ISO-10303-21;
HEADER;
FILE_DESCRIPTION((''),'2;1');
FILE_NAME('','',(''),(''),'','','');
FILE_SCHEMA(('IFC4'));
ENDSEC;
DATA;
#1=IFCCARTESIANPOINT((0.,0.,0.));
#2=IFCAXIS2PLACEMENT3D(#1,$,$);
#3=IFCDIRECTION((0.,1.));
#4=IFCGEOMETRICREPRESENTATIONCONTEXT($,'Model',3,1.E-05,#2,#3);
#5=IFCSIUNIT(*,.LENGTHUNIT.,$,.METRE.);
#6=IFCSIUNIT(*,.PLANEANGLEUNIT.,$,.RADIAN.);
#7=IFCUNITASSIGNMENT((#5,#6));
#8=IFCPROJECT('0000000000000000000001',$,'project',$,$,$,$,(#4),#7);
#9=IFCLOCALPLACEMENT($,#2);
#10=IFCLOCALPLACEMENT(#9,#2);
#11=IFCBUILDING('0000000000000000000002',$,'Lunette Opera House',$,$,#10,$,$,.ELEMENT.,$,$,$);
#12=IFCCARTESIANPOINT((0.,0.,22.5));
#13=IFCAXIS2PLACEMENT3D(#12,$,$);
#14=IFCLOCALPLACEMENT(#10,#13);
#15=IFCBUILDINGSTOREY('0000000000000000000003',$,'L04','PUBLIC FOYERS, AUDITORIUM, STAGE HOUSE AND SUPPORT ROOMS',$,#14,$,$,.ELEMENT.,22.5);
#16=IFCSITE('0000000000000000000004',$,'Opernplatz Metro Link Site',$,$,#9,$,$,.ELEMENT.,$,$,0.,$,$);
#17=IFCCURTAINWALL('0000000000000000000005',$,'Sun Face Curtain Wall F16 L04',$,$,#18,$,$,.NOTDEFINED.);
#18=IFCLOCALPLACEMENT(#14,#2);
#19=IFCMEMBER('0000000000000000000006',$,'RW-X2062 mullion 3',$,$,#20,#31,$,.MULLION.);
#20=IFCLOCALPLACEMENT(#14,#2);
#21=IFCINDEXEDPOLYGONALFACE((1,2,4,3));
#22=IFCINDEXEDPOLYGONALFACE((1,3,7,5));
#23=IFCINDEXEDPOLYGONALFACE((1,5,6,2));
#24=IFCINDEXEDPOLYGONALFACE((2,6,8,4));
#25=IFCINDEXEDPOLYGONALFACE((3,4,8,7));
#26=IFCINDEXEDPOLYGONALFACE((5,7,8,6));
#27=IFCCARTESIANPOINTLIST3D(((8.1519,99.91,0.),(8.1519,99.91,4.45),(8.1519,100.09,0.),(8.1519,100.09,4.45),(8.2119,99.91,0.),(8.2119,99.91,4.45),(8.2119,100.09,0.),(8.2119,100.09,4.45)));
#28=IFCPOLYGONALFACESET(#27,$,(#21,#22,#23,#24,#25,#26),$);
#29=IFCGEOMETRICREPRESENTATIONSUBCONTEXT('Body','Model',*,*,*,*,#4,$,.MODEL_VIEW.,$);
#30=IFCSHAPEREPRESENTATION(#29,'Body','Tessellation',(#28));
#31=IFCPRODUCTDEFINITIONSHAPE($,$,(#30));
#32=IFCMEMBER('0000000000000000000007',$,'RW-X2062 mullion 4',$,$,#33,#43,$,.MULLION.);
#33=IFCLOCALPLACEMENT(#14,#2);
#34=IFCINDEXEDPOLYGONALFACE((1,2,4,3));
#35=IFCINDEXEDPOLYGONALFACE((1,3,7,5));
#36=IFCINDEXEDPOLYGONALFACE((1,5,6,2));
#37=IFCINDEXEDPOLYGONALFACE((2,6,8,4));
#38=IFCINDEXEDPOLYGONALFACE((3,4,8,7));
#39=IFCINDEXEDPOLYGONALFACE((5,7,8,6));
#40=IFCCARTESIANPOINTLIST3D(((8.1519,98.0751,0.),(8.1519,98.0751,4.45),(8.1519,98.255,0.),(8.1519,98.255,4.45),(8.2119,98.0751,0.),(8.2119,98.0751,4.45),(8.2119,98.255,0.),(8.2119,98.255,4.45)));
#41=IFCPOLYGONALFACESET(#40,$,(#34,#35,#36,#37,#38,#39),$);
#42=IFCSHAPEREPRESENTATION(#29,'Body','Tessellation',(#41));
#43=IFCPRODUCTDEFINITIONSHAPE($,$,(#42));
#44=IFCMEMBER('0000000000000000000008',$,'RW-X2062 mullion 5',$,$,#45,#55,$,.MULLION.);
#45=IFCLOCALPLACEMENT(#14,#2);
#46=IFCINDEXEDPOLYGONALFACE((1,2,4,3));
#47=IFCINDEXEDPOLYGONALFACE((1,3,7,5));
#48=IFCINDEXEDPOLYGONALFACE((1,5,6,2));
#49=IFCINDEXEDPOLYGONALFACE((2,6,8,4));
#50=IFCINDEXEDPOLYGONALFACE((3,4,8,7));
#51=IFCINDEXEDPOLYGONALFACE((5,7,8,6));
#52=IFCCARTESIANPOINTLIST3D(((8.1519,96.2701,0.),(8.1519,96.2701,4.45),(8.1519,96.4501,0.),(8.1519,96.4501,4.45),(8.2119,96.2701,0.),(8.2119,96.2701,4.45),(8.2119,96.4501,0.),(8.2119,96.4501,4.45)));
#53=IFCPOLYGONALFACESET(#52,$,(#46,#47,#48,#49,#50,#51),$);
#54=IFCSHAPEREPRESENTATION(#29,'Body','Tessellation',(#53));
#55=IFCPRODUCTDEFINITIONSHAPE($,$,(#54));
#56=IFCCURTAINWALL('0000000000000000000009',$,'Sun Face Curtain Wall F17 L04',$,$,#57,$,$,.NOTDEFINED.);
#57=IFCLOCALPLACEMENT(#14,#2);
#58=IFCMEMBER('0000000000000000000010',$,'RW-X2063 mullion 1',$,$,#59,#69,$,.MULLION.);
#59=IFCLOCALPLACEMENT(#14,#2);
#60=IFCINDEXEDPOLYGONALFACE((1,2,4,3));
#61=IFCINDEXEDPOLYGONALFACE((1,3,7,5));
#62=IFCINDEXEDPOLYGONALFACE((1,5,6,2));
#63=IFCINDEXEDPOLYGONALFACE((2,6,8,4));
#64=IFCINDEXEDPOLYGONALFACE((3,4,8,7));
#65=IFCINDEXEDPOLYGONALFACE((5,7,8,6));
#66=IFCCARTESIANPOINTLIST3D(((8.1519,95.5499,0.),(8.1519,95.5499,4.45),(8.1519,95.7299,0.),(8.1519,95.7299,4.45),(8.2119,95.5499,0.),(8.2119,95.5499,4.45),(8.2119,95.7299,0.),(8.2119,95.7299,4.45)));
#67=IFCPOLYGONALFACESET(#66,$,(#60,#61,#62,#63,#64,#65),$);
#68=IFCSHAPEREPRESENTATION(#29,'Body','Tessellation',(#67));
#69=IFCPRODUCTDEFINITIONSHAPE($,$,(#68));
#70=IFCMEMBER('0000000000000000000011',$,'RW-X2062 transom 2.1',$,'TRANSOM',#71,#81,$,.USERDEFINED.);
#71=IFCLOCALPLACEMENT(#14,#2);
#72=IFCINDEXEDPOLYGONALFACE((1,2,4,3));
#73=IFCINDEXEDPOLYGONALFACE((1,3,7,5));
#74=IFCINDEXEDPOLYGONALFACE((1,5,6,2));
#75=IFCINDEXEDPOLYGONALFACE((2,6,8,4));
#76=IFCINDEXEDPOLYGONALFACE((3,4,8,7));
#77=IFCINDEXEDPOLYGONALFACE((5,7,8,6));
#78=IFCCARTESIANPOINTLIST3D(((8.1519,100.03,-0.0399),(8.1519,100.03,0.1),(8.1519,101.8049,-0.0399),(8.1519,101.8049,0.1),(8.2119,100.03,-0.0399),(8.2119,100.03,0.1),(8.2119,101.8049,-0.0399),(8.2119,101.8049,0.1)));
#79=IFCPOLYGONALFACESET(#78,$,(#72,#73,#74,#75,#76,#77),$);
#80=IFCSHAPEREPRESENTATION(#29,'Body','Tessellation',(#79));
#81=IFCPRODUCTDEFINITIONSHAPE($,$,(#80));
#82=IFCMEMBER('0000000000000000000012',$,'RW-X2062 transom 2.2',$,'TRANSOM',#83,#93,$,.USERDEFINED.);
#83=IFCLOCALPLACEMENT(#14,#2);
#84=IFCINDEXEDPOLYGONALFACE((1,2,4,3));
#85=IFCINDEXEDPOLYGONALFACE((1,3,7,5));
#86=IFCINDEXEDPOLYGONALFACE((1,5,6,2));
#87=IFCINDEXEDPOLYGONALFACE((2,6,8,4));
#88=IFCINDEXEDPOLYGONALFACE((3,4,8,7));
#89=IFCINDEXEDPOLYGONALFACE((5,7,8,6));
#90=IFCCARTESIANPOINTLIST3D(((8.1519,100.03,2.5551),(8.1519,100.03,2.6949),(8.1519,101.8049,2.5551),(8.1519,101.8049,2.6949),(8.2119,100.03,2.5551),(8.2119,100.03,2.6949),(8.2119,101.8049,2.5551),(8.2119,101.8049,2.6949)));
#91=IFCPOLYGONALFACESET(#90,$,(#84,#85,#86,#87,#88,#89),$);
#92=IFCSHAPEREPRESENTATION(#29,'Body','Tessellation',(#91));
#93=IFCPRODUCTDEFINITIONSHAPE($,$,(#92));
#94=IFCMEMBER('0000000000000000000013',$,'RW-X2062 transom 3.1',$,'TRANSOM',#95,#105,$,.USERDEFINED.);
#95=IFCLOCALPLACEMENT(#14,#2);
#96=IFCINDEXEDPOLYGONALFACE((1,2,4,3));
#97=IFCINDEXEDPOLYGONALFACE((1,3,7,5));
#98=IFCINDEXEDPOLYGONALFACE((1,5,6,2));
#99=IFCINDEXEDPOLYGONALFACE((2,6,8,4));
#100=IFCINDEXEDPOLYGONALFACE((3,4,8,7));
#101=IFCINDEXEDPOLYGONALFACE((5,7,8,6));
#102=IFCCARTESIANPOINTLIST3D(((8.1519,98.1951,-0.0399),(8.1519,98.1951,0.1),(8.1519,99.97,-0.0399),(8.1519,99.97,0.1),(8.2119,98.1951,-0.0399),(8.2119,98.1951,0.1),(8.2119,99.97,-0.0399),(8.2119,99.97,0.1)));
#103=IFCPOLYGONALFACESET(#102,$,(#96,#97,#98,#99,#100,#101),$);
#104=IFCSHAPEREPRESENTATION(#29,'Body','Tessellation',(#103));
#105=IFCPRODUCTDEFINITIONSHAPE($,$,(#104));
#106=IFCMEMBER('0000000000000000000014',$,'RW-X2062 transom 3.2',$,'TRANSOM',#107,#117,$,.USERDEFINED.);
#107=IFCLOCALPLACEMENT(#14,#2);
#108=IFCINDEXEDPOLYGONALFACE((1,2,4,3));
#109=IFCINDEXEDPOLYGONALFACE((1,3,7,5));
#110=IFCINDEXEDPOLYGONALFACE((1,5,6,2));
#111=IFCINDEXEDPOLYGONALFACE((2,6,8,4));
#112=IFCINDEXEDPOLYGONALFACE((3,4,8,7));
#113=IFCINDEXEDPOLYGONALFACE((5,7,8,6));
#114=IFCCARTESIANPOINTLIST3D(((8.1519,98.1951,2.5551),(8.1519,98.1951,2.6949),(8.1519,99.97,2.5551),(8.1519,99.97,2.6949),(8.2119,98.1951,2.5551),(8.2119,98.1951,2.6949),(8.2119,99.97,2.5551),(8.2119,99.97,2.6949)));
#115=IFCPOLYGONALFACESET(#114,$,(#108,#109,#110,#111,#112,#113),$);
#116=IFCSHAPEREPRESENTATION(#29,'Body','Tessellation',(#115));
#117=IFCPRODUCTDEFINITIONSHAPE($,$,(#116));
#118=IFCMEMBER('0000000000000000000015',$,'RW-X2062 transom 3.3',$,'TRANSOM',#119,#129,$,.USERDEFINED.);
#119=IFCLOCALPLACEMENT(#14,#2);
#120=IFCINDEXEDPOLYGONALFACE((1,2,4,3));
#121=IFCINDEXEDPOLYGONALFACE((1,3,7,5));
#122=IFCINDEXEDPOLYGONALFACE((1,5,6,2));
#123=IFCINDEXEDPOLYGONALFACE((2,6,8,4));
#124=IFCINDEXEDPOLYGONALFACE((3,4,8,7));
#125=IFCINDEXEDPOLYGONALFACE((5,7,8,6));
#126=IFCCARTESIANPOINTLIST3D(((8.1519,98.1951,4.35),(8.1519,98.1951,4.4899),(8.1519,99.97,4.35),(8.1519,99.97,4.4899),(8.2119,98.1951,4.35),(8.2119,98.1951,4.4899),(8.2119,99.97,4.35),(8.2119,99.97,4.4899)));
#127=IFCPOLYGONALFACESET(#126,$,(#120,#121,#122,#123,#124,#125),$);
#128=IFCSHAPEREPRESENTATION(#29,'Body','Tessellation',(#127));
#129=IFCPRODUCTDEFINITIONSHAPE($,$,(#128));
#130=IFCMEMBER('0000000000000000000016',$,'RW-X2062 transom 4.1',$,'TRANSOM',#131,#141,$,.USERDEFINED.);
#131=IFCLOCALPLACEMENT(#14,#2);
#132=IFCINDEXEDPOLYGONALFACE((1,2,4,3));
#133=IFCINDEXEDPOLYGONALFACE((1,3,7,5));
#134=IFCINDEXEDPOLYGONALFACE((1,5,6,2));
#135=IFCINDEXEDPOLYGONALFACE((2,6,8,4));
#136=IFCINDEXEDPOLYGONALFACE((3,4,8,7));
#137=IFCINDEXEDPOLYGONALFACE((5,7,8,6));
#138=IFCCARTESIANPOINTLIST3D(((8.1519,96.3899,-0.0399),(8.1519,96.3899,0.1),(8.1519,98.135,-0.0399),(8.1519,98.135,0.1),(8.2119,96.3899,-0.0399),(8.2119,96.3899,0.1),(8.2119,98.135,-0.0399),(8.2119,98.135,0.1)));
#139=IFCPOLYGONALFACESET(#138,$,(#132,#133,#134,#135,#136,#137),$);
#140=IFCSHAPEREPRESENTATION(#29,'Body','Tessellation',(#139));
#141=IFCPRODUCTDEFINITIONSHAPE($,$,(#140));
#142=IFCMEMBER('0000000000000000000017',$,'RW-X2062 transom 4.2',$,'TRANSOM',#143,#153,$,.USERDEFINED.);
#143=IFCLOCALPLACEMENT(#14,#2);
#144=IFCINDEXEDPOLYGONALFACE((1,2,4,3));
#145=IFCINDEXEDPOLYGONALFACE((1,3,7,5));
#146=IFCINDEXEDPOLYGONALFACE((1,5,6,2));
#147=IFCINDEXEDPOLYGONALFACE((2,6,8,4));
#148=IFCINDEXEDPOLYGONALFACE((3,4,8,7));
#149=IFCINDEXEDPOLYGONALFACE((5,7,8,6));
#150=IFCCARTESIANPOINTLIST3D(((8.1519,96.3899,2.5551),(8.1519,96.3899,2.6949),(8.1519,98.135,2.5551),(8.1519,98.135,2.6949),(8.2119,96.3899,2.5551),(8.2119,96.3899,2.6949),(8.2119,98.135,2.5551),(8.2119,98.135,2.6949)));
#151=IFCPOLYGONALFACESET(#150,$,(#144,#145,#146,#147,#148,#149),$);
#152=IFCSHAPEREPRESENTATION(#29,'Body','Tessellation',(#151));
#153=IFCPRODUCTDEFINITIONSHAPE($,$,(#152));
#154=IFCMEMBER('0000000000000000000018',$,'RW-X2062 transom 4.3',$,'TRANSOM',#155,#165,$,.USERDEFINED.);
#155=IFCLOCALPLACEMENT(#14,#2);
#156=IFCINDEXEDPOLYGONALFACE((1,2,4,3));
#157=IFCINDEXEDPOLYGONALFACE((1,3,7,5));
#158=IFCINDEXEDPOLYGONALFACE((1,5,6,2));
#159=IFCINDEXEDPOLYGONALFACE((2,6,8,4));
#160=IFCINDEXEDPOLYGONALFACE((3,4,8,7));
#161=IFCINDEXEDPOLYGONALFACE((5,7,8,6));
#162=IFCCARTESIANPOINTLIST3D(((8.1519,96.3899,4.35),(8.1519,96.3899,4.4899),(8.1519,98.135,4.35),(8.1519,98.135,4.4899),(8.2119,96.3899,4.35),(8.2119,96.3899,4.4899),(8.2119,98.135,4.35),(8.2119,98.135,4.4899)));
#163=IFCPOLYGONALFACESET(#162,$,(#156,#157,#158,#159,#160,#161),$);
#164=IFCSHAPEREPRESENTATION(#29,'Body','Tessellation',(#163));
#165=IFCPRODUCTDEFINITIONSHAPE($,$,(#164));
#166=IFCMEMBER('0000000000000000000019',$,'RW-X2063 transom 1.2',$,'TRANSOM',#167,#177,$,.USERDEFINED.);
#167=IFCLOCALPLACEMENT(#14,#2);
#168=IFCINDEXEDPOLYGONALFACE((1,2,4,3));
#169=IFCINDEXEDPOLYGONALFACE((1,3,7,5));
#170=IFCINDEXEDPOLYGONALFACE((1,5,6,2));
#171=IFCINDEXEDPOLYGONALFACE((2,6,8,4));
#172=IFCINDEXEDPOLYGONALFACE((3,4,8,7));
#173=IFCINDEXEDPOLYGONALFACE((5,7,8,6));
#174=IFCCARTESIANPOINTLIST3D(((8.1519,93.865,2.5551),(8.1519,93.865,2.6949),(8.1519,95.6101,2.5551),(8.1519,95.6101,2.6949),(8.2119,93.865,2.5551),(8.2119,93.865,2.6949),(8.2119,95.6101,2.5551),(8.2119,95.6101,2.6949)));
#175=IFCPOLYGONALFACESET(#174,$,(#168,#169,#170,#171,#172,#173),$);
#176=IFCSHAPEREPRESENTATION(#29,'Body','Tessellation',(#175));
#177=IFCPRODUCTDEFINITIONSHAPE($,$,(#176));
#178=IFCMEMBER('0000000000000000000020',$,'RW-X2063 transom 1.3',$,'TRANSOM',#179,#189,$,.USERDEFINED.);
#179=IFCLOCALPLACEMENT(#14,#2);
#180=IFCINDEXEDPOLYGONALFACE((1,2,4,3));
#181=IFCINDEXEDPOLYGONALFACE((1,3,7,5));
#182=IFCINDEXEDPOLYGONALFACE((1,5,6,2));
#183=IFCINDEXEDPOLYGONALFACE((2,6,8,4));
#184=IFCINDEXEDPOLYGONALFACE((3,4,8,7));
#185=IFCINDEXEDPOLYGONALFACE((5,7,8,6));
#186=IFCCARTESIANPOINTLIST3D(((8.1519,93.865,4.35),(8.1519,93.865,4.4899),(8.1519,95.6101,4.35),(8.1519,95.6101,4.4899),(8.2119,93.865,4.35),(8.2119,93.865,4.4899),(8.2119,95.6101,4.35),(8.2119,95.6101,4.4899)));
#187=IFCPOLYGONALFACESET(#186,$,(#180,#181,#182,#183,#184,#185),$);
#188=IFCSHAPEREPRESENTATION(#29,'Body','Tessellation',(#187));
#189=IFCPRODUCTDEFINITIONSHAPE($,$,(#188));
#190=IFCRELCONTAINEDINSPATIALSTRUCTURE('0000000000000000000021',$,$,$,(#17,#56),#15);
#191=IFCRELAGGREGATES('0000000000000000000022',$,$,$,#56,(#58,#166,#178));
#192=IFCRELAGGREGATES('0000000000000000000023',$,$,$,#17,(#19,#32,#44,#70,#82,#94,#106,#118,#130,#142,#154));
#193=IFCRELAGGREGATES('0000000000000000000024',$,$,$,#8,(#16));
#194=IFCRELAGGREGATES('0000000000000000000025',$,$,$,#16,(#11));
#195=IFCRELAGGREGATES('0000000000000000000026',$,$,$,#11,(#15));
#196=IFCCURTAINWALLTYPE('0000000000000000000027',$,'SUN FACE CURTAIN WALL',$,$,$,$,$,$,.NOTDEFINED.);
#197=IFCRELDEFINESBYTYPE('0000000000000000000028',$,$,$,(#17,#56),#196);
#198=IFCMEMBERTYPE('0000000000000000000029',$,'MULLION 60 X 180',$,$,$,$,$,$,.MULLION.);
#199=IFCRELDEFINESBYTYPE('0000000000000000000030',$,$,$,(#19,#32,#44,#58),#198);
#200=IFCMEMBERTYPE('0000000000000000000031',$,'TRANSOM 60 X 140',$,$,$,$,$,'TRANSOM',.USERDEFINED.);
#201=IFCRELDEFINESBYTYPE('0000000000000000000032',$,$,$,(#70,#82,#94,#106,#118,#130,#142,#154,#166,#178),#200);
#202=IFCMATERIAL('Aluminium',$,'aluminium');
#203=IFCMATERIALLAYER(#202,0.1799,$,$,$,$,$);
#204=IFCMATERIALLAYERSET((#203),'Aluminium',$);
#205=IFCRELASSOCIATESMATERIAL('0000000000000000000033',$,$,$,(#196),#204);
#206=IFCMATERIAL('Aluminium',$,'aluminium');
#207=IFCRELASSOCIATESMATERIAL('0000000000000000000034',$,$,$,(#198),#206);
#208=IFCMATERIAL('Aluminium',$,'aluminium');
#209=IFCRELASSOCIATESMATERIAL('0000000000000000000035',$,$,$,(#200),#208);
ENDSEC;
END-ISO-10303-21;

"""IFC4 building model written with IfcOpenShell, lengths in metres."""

from ifc_helpers import new_model, si_unit, direction, frame, origin, origin_2d, place, context, subcontext, project, spatial, rectangle, extrude, material, layer, layer_set, material_profile, profile_set, type_object, element, aggregate, save


model = new_model("IFC4")

# Units and contexts
model_context = context("Model", 3, precision=1e-05, world=origin(), true_north=direction((0.0, 1.0)))
body_context = subcontext(model_context, "Body", "Model", "MODEL_VIEW")
ifc_project = project(units=[si_unit("LENGTHUNIT", "METRE"), si_unit("PLANEANGLEUNIT", "RADIAN")], contexts=[model_context])

# Site, building, storey
site_placement = place(None, origin())
site = spatial("IfcSite", under=ifc_project, at=site_placement, Name="Opernplatz Metro Link Site", CompositionType="ELEMENT", RefElevation=0.0)
building_placement = place(site_placement, origin())
building = spatial("IfcBuilding", under=site, at=building_placement, Name="Lunette Opera House", CompositionType="ELEMENT")
storey_placement = place(building_placement, frame((0.0, 0.0, 22.5)))
storey = spatial("IfcBuildingStorey", under=building, at=storey_placement, Name="L04", Description="PUBLIC FOYERS, AUDITORIUM, STAGE HOUSE AND SUPPORT ROOMS", CompositionType="ELEMENT", Elevation=22.5)

# Curtain wall, members
ifc_material_1 = material(Name="Aluminium", Category="aluminium")
ifc_layer_1 = layer(ifc_material_1, 0.1799)
ifc_layer_set_1 = layer_set([ifc_layer_1], Name="Aluminium")
curtain_wall_type = type_object("IfcCurtainWallType", Name="SUN FACE CURTAIN WALL", PredefinedType="NOTDEFINED", material=ifc_layer_set_1)
curtain_wall_1_placement = place(storey_placement, origin())
curtain_wall_1 = element("IfcCurtainWall", 1, at=curtain_wall_1_placement, inside=storey, type_object=curtain_wall_type, Name="Sun Face Curtain Wall F16 L04", PredefinedType="NOTDEFINED")
ifc_material_2 = material(Name="Aluminium", Category="aluminium")
ifc_material_profile_1 = material_profile(ifc_material_2, rectangle(XDim=0.0601, YDim=0.1799, at=origin_2d()), Name="MULLION 60 X 180")
ifc_profile_set_1 = profile_set([ifc_material_profile_1], Name="Aluminium")
member_type_1 = type_object("IfcMemberType", Name="MULLION 60 X 180", PredefinedType="MULLION", material=ifc_profile_set_1)
member_1_placement = place(storey_placement, frame((8.1819, 100.0, 0.0), z_axis=(0.0, 0.0, 1.0), x_axis=(1.0, 0.0, 0.0)))
member_1 = element("IfcMember", 2, at=member_1_placement, type_object=member_type_1, Name="RW-X2062 mullion 3", PredefinedType="MULLION", context=body_context, shape_type="SweptSolid", body=[
    extrude(rectangle(XDim=0.0601, YDim=0.1799, at=origin_2d()), origin(), (0.0, 0.0, 1.0), 4.45),
])
member_2_placement = place(storey_placement, frame((8.1819, 98.165, 0.0), z_axis=(0.0, 0.0, 1.0), x_axis=(1.0, 0.0, 0.0)))
member_2 = element("IfcMember", 3, at=member_2_placement, type_object=member_type_1, Name="RW-X2062 mullion 4", PredefinedType="MULLION", context=body_context, shape_type="SweptSolid", body=[
    extrude(rectangle(XDim=0.0601, YDim=0.1799, at=origin_2d()), origin(), (0.0, 0.0, 1.0), 4.45),
])
member_3_placement = place(storey_placement, frame((8.1819, 96.3601, 0.0), z_axis=(0.0, 0.0, 1.0), x_axis=(1.0, 0.0, 0.0)))
member_3 = element("IfcMember", 4, at=member_3_placement, type_object=member_type_1, Name="RW-X2062 mullion 5", PredefinedType="MULLION", context=body_context, shape_type="SweptSolid", body=[
    extrude(rectangle(XDim=0.0601, YDim=0.1799, at=origin_2d()), origin(), (0.0, 0.0, 1.0), 4.45),
])

# Curtain wall, member
curtain_wall_2_placement = place(storey_placement, origin())
curtain_wall_2 = element("IfcCurtainWall", 5, at=curtain_wall_2_placement, inside=storey, type_object=curtain_wall_type, Name="Sun Face Curtain Wall F17 L04", PredefinedType="NOTDEFINED")
member_4_placement = place(storey_placement, frame((8.1819, 95.6399, 0.0), z_axis=(0.0, 0.0, 1.0), x_axis=(1.0, 0.0, 0.0)))
member_4 = element("IfcMember", 6, at=member_4_placement, type_object=member_type_1, Name="RW-X2063 mullion 1", PredefinedType="MULLION", context=body_context, shape_type="SweptSolid", body=[
    extrude(rectangle(XDim=0.0601, YDim=0.1799, at=origin_2d()), origin(), (0.0, 0.0, 1.0), 4.45),
])

# Members
ifc_material_3 = material(Name="Aluminium", Category="aluminium")
ifc_material_profile_2 = material_profile(ifc_material_3, rectangle(XDim=0.0601, YDim=0.1399, at=origin_2d()), Name="TRANSOM 60 X 140")
ifc_profile_set_2 = profile_set([ifc_material_profile_2], Name="Aluminium")
member_type_2 = type_object("IfcMemberType", Name="TRANSOM 60 X 140", ElementType="TRANSOM", PredefinedType="USERDEFINED", material=ifc_profile_set_2)
member_5_placement = place(storey_placement, frame((8.1819, 101.8049, 0.03), z_axis=(0.0, -1.0, 0.0), x_axis=(1.0, 0.0, 0.0)))
member_5 = element("IfcMember", 7, at=member_5_placement, type_object=member_type_2, Name="RW-X2062 transom 2.1", ObjectType="TRANSOM", PredefinedType="USERDEFINED", context=body_context, shape_type="SweptSolid", body=[
    extrude(rectangle(XDim=0.0601, YDim=0.1399, at=origin_2d()), origin(), (0.0, 0.0, 1.0), 1.7749),
])
member_6_placement = place(storey_placement, frame((8.1819, 101.8049, 2.625), z_axis=(0.0, -1.0, 0.0), x_axis=(1.0, 0.0, 0.0)))
member_6 = element("IfcMember", 8, at=member_6_placement, type_object=member_type_2, Name="RW-X2062 transom 2.2", ObjectType="TRANSOM", PredefinedType="USERDEFINED", context=body_context, shape_type="SweptSolid", body=[
    extrude(rectangle(XDim=0.0601, YDim=0.1399, at=origin_2d()), origin(), (0.0, 0.0, 1.0), 1.7749),
])
member_7_placement = place(storey_placement, frame((8.1819, 99.97, 0.03), z_axis=(0.0, -1.0, 0.0), x_axis=(1.0, 0.0, 0.0)))
member_7 = element("IfcMember", 9, at=member_7_placement, type_object=member_type_2, Name="RW-X2062 transom 3.1", ObjectType="TRANSOM", PredefinedType="USERDEFINED", context=body_context, shape_type="SweptSolid", body=[
    extrude(rectangle(XDim=0.0601, YDim=0.1399, at=origin_2d()), origin(), (0.0, 0.0, 1.0), 1.7749),
])
member_8_placement = place(storey_placement, frame((8.1819, 99.97, 2.625), z_axis=(0.0, -1.0, 0.0), x_axis=(1.0, 0.0, 0.0)))
member_8 = element("IfcMember", 10, at=member_8_placement, type_object=member_type_2, Name="RW-X2062 transom 3.2", ObjectType="TRANSOM", PredefinedType="USERDEFINED", context=body_context, shape_type="SweptSolid", body=[
    extrude(rectangle(XDim=0.0601, YDim=0.1399, at=origin_2d()), origin(), (0.0, 0.0, 1.0), 1.7749),
])
member_9_placement = place(storey_placement, frame((8.1819, 99.97, 4.4199), z_axis=(0.0, -1.0, 0.0), x_axis=(1.0, 0.0, 0.0)))
member_9 = element("IfcMember", 11, at=member_9_placement, type_object=member_type_2, Name="RW-X2062 transom 3.3", ObjectType="TRANSOM", PredefinedType="USERDEFINED", context=body_context, shape_type="SweptSolid", body=[
    extrude(rectangle(XDim=0.0601, YDim=0.1399, at=origin_2d()), origin(), (0.0, 0.0, 1.0), 1.7749),
])
member_10_placement = place(storey_placement, frame((8.1819, 98.135, 0.03), z_axis=(0.0, -1.0, 0.0), x_axis=(1.0, 0.0, 0.0)))
member_10 = element("IfcMember", 12, at=member_10_placement, type_object=member_type_2, Name="RW-X2062 transom 4.1", ObjectType="TRANSOM", PredefinedType="USERDEFINED", context=body_context, shape_type="SweptSolid", body=[
    extrude(rectangle(XDim=0.0601, YDim=0.1399, at=origin_2d()), origin(), (0.0, 0.0, 1.0), 1.7451),
])
member_11_placement = place(storey_placement, frame((8.1819, 98.135, 2.625), z_axis=(0.0, -1.0, 0.0), x_axis=(1.0, 0.0, 0.0)))
member_11 = element("IfcMember", 13, at=member_11_placement, type_object=member_type_2, Name="RW-X2062 transom 4.2", ObjectType="TRANSOM", PredefinedType="USERDEFINED", context=body_context, shape_type="SweptSolid", body=[
    extrude(rectangle(XDim=0.0601, YDim=0.1399, at=origin_2d()), origin(), (0.0, 0.0, 1.0), 1.7451),
])
member_12_placement = place(storey_placement, frame((8.1819, 98.135, 4.4199), z_axis=(0.0, -1.0, 0.0), x_axis=(1.0, 0.0, 0.0)))
member_12 = element("IfcMember", 14, at=member_12_placement, type_object=member_type_2, Name="RW-X2062 transom 4.3", ObjectType="TRANSOM", PredefinedType="USERDEFINED", context=body_context, shape_type="SweptSolid", body=[
    extrude(rectangle(XDim=0.0601, YDim=0.1399, at=origin_2d()), origin(), (0.0, 0.0, 1.0), 1.7451),
])
member_13_placement = place(storey_placement, frame((8.1819, 95.6101, 2.625), z_axis=(0.0, -1.0, 0.0), x_axis=(1.0, 0.0, 0.0)))
member_13 = element("IfcMember", 15, at=member_13_placement, type_object=member_type_2, Name="RW-X2063 transom 1.2", ObjectType="TRANSOM", PredefinedType="USERDEFINED", context=body_context, shape_type="SweptSolid", body=[
    extrude(rectangle(XDim=0.0601, YDim=0.1399, at=origin_2d()), origin(), (0.0, 0.0, 1.0), 1.7451),
])
member_14_placement = place(storey_placement, frame((8.1819, 95.6101, 4.4199), z_axis=(0.0, -1.0, 0.0), x_axis=(1.0, 0.0, 0.0)))
member_14 = element("IfcMember", 16, at=member_14_placement, type_object=member_type_2, Name="RW-X2063 transom 1.3", ObjectType="TRANSOM", PredefinedType="USERDEFINED", context=body_context, shape_type="SweptSolid", body=[
    extrude(rectangle(XDim=0.0601, YDim=0.1399, at=origin_2d()), origin(), (0.0, 0.0, 1.0), 1.7451),
])
aggregate(curtain_wall_2, [member_4, member_13, member_14])

aggregate(curtain_wall_1, [member_1, member_2, member_3, member_5, member_6, member_7, member_8, member_9, member_10, member_11, member_12])

save(model, "model.ifc")
